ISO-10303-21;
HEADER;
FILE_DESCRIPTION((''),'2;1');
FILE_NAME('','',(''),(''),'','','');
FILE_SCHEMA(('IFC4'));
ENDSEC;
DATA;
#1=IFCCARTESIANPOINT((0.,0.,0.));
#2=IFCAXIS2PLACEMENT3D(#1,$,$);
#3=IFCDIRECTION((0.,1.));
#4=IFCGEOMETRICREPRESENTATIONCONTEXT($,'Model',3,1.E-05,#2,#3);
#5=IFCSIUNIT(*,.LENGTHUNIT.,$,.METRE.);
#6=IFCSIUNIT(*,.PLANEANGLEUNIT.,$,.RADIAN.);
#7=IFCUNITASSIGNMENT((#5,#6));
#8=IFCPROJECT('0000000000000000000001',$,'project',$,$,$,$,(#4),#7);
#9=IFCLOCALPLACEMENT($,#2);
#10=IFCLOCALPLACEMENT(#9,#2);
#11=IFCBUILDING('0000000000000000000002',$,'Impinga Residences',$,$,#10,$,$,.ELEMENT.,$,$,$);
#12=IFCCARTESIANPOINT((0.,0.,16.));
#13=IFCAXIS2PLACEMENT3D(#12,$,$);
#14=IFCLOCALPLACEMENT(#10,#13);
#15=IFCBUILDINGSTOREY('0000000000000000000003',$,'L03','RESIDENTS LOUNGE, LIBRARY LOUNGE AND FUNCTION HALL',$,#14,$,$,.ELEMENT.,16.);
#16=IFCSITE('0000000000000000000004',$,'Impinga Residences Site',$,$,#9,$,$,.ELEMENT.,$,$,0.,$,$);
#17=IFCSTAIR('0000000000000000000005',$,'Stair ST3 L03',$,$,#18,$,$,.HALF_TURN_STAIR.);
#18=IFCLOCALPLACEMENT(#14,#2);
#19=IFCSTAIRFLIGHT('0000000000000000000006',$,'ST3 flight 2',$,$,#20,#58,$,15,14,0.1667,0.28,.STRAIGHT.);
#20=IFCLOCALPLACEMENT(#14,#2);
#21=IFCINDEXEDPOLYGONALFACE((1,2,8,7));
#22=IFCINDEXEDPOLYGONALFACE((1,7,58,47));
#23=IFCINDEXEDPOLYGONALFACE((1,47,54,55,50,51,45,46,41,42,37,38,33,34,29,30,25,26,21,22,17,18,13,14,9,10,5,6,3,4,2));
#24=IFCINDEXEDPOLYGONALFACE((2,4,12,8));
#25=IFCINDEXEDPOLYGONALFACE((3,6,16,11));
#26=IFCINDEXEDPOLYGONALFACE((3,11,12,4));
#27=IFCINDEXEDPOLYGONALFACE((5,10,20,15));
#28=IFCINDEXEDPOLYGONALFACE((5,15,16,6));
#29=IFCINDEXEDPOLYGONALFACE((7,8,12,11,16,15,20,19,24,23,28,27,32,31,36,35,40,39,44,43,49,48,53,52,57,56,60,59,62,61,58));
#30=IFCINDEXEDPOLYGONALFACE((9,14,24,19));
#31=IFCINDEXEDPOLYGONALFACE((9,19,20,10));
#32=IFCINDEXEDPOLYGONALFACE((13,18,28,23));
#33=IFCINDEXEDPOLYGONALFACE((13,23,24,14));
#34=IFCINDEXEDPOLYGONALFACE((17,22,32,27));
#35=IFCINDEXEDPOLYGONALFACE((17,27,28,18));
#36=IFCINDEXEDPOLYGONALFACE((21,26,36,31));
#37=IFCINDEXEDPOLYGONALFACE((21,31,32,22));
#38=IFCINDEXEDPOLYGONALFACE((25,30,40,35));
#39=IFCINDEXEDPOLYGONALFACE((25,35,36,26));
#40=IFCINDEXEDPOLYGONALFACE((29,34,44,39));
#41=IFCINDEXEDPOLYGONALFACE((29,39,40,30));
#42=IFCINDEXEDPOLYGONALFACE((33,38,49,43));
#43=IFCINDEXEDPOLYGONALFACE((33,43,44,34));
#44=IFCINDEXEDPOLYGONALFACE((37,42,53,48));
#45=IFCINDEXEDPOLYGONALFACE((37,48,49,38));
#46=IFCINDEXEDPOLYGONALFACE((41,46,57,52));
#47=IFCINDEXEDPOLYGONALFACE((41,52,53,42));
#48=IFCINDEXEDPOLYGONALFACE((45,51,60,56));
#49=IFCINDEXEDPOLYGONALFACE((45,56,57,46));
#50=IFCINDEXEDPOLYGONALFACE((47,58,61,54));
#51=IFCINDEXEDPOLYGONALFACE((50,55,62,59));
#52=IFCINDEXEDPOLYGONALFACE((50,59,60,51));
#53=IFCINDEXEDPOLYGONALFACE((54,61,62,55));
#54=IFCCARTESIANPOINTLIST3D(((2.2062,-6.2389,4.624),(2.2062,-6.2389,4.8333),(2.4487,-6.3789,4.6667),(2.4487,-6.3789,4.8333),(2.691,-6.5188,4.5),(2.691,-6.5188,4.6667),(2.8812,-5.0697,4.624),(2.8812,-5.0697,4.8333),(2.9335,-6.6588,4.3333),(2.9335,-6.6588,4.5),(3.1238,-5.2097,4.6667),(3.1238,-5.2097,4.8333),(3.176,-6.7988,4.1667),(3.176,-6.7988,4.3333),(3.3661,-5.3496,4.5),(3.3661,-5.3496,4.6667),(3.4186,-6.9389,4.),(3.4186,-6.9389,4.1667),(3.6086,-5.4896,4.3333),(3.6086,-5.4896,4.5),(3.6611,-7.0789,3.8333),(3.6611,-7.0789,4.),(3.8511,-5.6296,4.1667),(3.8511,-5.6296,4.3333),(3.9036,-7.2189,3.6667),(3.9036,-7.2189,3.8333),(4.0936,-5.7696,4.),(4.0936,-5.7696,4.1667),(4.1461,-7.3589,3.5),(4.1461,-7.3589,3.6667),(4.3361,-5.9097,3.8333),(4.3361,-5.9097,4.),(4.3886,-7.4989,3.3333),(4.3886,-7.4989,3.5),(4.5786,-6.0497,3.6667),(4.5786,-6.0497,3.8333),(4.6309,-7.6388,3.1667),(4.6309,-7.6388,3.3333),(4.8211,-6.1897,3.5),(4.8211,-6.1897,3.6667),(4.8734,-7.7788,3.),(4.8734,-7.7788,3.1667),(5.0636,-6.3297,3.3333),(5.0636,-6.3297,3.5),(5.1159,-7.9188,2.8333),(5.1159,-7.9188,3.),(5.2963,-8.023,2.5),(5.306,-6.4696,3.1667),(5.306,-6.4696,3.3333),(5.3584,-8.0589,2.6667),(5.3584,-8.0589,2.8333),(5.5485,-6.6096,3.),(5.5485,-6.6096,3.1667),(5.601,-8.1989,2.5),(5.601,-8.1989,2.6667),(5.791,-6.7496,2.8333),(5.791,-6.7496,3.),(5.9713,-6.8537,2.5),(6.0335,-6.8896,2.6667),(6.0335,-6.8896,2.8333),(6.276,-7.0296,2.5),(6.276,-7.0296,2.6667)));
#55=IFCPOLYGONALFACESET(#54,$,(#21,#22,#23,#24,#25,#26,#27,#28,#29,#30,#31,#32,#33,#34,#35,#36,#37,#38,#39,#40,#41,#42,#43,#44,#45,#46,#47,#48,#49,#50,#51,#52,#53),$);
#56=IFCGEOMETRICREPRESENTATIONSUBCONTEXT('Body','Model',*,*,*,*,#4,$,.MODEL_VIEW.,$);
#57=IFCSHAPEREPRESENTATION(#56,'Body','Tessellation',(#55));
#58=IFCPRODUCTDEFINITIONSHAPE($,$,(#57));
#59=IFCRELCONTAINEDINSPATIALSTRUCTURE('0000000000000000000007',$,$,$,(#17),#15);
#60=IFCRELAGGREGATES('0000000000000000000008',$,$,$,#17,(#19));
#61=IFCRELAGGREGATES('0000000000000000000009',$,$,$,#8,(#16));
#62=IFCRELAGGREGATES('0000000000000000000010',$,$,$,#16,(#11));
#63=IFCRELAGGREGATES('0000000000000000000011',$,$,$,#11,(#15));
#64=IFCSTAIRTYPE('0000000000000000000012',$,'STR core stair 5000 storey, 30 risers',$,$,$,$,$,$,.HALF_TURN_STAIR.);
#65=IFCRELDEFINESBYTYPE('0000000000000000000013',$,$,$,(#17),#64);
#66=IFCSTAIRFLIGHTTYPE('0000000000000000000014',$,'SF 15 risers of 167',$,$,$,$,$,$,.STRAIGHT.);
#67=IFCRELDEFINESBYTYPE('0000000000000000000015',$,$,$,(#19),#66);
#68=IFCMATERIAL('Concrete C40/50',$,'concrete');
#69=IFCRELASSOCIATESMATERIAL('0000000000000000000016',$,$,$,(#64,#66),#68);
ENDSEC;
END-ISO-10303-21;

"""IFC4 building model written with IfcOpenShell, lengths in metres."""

from ifc_helpers import new_model, si_unit, direction, frame, origin, place, context, subcontext, project, spatial, polyline, outline, extrude, material, type_object, element, aggregate, save


model = new_model("IFC4")

# Units and contexts
model_context = context("Model", 3, precision=1e-05, world=origin(), true_north=direction((0.0, 1.0)))
body_context = subcontext(model_context, "Body", "Model", "MODEL_VIEW")
ifc_project = project(units=[si_unit("LENGTHUNIT", "METRE"), si_unit("PLANEANGLEUNIT", "RADIAN")], contexts=[model_context])

# Site, building, storey
site_placement = place(None, origin())
site = spatial("IfcSite", under=ifc_project, at=site_placement, Name="Impinga Residences Site", CompositionType="ELEMENT", RefElevation=0.0)
building_placement = place(site_placement, origin())
building = spatial("IfcBuilding", under=site, at=building_placement, Name="Impinga Residences", CompositionType="ELEMENT")
storey_placement = place(building_placement, frame((0.0, 0.0, 16.0)))
storey = spatial("IfcBuildingStorey", under=building, at=storey_placement, Name="L03", Description="RESIDENTS LOUNGE, LIBRARY LOUNGE AND FUNCTION HALL", CompositionType="ELEMENT", Elevation=16.0)

# Stair
ifc_material_1 = material(Name="Concrete C40/50", Category="concrete")
stair_type_1 = type_object("IfcStairType", Name="STR core stair 5000 storey, 30 risers", PredefinedType="HALF_TURN_STAIR", material=ifc_material_1)
stair_1_placement = place(storey_placement, origin())
stair_1 = element("IfcStair", 1, at=stair_1_placement, inside=storey, type_object=stair_type_1, Name="Stair ST3 L03", PredefinedType="HALF_TURN_STAIR")

# Stair flight
stair_flight_type = type_object("IfcStairFlightType", Name="SF 15 risers of 167", PredefinedType="STRAIGHT", material=ifc_material_1)
stair_flight_1_placement = place(storey_placement, frame((5.9385, -7.6143, 2.5), z_axis=(0.0, 0.0, 1.0), x_axis=(-0.866025, 0.5, 0.0)))
stair_flight_1 = element("IfcStairFlight", 2, at=stair_flight_1_placement, type_object=stair_flight_type, Name="ST3 flight 2", NumberOfRisers=15, NumberOfTreads=14, PredefinedType="STRAIGHT", RiserHeight=0.1667, TreadLength=0.28, context=body_context, shape_type="SweptSolid", body=[
    extrude(outline(polyline([(0.0, 0.0), (0.0, 0.1667), (0.28, 0.1667), (0.28, 0.3333), (0.5601, 0.3333), (0.5601, 0.5), (0.8401, 0.5), (0.8401, 0.6667), (1.1201, 0.6667), (1.1201, 0.8333), (1.3999, 0.8333), (1.3999, 1.0), (1.6799, 1.0), (1.6799, 1.1667), (1.96, 1.1667), (1.96, 1.3333), (2.24, 1.3333), (2.24, 1.5), (2.52, 1.5), (2.52, 1.6667), (2.8, 1.6667), (2.8, 1.8333), (3.0801, 1.8333), (3.0801, 2.0), (3.3601, 2.0), (3.3601, 2.1667), (3.6399, 2.1667), (3.6399, 2.3333), (3.9199, 2.3333), (3.9199, 2.5), (3.9199, 2.124), (0.3518, 0.0), (0.0, 0.0)])), frame((0.0, 0.675, 0.0), z_axis=(0.0, -1.0, 0.0), x_axis=(1.0, 0.0, 0.0)), (0.0, 0.0, 1.0), 1.3501),
])
aggregate(stair_1, [stair_flight_1])

save(model, "model.ifc")
